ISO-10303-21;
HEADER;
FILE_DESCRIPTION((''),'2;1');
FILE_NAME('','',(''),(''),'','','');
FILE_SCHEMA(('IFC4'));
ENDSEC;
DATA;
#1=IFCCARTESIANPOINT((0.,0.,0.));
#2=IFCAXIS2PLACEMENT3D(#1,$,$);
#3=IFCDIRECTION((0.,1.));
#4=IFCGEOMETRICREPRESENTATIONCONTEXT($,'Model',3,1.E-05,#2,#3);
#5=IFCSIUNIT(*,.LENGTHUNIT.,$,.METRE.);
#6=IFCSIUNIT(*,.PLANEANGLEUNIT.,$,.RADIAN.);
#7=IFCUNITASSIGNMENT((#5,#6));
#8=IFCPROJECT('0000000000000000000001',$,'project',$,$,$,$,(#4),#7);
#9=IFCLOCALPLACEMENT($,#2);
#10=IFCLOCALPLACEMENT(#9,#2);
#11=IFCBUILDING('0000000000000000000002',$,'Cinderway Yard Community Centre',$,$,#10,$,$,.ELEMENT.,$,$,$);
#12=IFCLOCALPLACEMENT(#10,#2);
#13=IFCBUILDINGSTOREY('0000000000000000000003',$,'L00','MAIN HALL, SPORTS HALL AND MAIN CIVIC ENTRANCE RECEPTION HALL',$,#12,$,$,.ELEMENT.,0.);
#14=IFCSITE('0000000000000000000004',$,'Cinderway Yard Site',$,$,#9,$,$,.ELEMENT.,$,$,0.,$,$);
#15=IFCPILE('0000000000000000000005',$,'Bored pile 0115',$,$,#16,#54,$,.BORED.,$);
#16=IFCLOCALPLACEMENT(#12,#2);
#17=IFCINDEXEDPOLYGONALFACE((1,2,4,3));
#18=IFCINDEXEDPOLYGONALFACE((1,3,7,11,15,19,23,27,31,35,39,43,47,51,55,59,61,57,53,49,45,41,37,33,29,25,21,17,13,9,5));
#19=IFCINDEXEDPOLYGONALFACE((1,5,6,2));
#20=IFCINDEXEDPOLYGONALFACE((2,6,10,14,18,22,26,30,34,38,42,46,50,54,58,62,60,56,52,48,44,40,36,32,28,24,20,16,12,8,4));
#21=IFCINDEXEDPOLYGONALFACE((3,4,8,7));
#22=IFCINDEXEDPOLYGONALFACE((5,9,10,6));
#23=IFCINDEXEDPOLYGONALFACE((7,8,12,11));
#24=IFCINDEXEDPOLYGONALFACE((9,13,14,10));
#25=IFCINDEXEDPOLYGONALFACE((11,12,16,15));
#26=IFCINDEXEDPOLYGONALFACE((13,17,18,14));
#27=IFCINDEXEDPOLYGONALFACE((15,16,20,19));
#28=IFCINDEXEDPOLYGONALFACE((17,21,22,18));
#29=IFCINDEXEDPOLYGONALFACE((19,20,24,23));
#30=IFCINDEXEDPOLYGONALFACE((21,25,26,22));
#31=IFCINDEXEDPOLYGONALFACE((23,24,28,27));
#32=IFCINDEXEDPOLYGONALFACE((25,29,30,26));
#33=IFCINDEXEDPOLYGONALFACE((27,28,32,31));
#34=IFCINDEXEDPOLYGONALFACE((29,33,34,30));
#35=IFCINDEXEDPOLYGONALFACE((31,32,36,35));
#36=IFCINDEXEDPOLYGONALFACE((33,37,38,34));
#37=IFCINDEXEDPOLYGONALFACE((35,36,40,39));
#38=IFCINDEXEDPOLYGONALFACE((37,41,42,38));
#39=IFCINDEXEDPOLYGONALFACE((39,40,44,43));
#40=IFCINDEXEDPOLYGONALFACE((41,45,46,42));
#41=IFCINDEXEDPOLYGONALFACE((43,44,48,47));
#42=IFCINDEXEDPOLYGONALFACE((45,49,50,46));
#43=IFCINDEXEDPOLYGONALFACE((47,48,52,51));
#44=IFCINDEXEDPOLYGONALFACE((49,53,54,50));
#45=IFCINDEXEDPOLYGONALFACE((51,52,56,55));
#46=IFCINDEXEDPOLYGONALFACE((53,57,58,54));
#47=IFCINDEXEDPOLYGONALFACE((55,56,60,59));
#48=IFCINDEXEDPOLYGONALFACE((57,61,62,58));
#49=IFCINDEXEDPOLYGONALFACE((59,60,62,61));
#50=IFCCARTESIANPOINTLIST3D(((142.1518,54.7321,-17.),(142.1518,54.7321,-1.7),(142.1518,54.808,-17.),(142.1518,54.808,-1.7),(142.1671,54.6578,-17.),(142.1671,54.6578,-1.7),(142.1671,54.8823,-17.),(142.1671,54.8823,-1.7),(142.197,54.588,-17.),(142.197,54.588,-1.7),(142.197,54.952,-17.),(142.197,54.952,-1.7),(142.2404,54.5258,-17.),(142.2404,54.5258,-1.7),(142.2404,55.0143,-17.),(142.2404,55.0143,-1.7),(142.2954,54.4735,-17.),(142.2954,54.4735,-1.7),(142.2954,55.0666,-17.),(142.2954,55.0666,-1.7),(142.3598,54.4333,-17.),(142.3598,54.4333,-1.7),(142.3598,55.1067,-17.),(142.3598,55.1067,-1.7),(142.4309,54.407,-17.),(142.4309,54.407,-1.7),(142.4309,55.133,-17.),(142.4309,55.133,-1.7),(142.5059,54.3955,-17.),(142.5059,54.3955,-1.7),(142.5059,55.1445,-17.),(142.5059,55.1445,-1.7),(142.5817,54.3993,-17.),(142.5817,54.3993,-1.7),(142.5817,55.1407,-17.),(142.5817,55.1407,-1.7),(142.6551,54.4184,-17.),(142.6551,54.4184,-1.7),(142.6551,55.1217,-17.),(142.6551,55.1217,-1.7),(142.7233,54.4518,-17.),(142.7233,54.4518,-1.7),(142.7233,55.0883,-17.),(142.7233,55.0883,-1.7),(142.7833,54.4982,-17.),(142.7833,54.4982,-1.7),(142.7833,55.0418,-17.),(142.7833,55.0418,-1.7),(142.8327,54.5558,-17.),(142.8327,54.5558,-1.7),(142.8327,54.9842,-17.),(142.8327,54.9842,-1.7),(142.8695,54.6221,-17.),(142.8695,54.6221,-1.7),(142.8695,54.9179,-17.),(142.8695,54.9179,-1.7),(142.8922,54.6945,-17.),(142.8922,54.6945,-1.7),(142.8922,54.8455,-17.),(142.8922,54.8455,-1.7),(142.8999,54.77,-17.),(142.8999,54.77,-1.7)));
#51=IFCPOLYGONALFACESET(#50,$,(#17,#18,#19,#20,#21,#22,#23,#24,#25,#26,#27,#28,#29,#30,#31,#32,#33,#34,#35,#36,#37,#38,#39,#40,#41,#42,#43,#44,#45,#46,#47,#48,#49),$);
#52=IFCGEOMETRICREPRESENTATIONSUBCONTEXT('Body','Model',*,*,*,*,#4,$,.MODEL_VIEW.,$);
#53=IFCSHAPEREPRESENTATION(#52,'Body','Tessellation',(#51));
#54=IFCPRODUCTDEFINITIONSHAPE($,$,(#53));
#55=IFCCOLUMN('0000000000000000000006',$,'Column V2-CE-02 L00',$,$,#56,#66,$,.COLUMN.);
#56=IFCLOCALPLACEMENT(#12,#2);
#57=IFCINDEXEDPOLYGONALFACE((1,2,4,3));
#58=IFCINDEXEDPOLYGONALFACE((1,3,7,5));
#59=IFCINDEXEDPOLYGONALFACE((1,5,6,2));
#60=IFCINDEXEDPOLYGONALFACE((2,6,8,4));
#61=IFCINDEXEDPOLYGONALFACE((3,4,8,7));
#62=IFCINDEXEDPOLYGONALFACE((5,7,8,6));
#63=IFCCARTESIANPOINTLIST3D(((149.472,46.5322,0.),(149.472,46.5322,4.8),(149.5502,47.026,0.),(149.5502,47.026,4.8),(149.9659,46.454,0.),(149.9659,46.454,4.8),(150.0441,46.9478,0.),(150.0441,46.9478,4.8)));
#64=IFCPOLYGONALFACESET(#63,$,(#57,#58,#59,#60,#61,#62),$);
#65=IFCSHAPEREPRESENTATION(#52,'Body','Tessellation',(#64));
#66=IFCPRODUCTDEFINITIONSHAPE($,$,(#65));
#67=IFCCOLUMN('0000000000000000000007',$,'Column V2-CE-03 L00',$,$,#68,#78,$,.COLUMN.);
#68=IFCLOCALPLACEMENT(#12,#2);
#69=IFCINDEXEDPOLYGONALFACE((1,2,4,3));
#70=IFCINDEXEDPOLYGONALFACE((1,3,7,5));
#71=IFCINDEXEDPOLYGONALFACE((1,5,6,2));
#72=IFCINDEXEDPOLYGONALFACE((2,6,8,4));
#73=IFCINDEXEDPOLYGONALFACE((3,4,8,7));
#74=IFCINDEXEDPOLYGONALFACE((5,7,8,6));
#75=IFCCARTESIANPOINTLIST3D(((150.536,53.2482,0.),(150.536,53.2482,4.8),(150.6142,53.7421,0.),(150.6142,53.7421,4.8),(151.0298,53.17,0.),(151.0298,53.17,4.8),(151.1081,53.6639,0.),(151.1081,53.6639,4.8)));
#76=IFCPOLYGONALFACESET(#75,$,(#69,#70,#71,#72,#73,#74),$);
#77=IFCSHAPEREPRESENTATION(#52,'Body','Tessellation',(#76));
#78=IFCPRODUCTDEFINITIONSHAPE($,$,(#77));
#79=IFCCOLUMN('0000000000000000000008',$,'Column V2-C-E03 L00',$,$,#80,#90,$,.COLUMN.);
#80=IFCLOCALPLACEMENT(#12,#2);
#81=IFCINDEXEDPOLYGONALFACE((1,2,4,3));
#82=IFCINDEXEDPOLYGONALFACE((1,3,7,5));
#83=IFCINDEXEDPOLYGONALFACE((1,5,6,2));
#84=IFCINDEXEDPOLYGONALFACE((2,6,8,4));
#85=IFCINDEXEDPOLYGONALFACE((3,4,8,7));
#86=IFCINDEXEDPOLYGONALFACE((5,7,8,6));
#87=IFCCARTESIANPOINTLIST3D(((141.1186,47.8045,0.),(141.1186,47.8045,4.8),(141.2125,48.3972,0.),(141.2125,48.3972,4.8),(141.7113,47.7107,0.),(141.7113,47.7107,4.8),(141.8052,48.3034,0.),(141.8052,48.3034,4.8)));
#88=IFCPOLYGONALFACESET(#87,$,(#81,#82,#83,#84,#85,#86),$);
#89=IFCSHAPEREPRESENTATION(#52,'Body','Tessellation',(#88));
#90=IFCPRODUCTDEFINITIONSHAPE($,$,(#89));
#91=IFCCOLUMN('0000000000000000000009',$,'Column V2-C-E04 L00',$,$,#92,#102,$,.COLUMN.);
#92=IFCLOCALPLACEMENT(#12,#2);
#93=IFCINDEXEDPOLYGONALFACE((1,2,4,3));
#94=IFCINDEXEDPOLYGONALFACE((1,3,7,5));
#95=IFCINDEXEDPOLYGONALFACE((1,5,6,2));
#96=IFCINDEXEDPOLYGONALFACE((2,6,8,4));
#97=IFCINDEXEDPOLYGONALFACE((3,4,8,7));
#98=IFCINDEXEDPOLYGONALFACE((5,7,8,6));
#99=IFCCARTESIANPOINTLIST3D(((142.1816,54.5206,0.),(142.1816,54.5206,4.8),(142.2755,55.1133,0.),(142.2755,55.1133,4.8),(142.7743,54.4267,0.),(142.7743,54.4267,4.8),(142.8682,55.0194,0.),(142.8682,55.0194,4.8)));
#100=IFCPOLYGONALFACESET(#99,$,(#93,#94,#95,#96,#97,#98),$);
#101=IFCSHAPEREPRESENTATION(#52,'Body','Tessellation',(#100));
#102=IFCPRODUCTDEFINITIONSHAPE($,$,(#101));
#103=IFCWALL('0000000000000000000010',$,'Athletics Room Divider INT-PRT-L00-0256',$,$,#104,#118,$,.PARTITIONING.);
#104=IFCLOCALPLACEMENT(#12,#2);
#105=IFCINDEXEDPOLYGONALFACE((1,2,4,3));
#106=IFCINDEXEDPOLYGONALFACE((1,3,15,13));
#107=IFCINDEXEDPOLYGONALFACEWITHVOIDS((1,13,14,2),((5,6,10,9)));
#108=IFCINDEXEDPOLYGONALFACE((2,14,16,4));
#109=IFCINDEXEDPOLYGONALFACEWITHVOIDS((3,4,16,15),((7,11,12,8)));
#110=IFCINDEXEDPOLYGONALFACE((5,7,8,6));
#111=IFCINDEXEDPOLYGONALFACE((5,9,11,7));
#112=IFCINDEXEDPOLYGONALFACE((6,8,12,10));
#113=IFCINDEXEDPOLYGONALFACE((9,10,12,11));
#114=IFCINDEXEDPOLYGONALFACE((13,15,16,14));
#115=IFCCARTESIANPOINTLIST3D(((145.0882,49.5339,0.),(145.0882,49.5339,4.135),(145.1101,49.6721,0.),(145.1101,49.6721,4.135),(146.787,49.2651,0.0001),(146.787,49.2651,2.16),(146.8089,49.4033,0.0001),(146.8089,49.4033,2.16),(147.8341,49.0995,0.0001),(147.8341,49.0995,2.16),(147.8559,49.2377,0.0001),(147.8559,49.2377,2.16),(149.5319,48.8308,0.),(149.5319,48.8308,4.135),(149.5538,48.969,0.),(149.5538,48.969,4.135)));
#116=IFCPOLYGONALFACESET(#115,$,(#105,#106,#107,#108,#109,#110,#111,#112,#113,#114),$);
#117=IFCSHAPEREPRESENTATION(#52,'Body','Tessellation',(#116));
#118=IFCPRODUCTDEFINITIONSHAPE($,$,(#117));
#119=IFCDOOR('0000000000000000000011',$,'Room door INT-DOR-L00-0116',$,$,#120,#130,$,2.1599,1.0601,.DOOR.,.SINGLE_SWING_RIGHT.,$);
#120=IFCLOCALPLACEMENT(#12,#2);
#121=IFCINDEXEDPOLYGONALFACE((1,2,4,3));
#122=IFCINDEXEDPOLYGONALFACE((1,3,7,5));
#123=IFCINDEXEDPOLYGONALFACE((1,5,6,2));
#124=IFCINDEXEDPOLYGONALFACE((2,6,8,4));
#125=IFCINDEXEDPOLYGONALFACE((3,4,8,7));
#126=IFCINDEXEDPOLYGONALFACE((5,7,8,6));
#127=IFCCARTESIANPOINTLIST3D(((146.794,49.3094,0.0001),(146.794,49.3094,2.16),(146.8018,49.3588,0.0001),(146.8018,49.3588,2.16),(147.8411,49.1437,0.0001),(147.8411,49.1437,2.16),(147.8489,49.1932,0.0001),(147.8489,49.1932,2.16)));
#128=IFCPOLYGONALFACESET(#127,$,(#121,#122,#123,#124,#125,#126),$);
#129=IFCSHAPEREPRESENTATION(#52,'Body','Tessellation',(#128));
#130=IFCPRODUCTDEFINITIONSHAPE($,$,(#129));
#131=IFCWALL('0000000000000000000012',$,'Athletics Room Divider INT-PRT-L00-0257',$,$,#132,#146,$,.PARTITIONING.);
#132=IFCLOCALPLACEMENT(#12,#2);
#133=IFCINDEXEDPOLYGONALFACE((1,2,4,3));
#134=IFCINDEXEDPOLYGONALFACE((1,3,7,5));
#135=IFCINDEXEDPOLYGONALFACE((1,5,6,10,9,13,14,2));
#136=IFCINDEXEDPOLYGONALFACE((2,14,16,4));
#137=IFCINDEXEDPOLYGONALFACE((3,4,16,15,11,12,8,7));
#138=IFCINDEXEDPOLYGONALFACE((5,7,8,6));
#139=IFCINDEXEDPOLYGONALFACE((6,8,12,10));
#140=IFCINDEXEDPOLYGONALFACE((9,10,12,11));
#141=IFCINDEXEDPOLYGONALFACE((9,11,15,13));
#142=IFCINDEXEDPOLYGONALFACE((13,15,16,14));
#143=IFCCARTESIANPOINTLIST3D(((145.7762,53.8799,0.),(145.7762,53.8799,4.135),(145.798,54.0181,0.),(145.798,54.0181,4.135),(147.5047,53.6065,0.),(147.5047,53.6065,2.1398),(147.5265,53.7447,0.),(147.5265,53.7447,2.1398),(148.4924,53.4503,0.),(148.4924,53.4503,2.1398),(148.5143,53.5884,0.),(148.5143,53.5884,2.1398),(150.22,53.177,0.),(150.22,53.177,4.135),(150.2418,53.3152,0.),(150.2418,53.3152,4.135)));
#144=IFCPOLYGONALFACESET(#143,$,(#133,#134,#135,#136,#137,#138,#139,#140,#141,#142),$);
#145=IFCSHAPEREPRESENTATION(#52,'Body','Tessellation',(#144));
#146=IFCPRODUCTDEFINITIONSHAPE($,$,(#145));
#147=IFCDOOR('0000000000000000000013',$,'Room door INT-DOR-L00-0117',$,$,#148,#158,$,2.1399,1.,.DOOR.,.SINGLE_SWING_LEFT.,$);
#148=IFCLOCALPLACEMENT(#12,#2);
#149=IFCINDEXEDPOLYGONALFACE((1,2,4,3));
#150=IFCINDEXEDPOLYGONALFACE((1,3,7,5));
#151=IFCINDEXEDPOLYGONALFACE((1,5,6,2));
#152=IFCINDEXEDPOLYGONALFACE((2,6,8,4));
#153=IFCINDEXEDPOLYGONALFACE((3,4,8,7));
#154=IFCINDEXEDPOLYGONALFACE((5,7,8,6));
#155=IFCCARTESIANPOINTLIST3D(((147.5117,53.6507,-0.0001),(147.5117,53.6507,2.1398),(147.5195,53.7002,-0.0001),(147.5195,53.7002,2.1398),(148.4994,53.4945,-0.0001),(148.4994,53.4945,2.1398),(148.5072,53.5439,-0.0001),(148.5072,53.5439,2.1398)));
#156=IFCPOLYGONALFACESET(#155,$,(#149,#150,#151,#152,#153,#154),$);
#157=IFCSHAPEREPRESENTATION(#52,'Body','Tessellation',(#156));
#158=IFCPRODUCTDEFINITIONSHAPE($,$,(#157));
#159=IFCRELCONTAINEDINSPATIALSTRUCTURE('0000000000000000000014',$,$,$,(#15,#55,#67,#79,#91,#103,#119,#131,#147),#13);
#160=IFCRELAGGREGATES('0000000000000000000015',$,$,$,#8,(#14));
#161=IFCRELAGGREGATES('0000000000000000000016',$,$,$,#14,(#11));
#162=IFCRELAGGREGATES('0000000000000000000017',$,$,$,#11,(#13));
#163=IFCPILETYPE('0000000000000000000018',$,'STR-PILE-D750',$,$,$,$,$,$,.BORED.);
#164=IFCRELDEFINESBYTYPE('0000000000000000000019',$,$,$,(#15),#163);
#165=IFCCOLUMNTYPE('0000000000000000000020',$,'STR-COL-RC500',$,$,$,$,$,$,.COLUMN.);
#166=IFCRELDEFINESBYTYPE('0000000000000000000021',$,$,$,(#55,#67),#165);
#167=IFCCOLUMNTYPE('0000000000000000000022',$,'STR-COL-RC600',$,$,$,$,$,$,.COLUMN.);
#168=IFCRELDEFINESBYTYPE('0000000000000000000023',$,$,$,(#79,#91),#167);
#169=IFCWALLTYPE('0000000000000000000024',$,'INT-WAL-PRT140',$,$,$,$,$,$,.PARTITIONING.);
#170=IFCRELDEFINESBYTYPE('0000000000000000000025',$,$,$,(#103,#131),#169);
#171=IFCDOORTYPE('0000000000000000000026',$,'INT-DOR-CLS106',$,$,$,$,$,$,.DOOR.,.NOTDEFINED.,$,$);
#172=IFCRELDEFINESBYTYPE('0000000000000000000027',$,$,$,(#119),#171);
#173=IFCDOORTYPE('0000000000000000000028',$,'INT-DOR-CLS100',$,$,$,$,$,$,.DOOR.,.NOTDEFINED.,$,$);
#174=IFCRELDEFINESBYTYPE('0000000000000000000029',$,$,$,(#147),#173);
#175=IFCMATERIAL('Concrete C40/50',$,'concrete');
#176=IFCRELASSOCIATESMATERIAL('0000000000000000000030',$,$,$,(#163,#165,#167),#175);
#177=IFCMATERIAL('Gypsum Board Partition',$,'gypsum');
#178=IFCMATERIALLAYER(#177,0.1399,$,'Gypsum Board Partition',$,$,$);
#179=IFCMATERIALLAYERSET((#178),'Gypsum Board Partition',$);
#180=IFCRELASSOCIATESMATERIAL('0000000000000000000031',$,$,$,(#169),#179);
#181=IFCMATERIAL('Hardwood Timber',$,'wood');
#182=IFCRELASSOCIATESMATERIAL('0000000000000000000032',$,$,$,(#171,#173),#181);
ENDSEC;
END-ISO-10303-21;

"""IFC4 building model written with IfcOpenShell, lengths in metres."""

from ifc_helpers import new_model, si_unit, direction, frame, frame_2d, origin, origin_2d, place, context, subcontext, project, spatial, rectangle, circle, extrude, material, layer, layer_set, material_profile, profile_set, type_object, element, fill, save


model = new_model("IFC4")

# Units and contexts
model_context = context("Model", 3, precision=1e-05, world=origin(), true_north=direction((0.0, 1.0)))
body_context = subcontext(model_context, "Body", "Model", "MODEL_VIEW")
ifc_project = project(units=[si_unit("LENGTHUNIT", "METRE"), si_unit("PLANEANGLEUNIT", "RADIAN")], contexts=[model_context])

# Site, building, storey
site_placement = place(None, origin())
site = spatial("IfcSite", under=ifc_project, at=site_placement, Name="Cinderway Yard Site", CompositionType="ELEMENT", RefElevation=0.0)
building_placement = place(site_placement, origin())
building = spatial("IfcBuilding", under=site, at=building_placement, Name="Cinderway Yard Community Centre", CompositionType="ELEMENT")
storey_placement = place(building_placement, origin())
storey = spatial("IfcBuildingStorey", under=building, at=storey_placement, Name="L00", Description="MAIN HALL, SPORTS HALL AND MAIN CIVIC ENTRANCE RECEPTION HALL", CompositionType="ELEMENT", Elevation=0.0)

# Shared definitions
ifc_material_1 = material(Name="Concrete C40/50", Category="concrete")

# Pile
ifc_material_profile_1 = material_profile(ifc_material_1, circle(Radius=0.375, at=origin_2d()), Name="Concrete C40/50")
ifc_profile_set_1 = profile_set([ifc_material_profile_1], Name="Concrete C40/50")
pile_type_1 = type_object("IfcPileType", Name="STR-PILE-D750", PredefinedType="BORED", material=ifc_profile_set_1)
for number, where, z_axis, x_axis, name in (
    (1, (142.5249, 54.77, -1.7), (0.0, 0.0, -1.0), (1.0, 0.0, 0.0), "Bored pile 0115"),
):
    element("IfcPile", number, at=place(storey_placement, frame(where, z_axis=z_axis, x_axis=x_axis)), inside=storey, type_object=pile_type_1, Name=name, PredefinedType="BORED", context=body_context, shape_type="SweptSolid", body=[
        extrude(circle(Radius=0.375, at=origin_2d()), origin(), (0.0, 0.0, 1.0), 15.3),
    ])

# Columns
ifc_material_profile_2 = material_profile(ifc_material_1, rectangle(XDim=0.5, YDim=0.5, at=origin_2d()), Name="Concrete C40/50")
ifc_profile_set_2 = profile_set([ifc_material_profile_2], Name="Concrete C40/50")
column_type_1 = type_object("IfcColumnType", Name="STR-COL-RC500", PredefinedType="COLUMN", material=ifc_profile_set_2)
for number, where, z_axis, x_axis, name in (
    (2, (149.7581, 46.74, 0.0), (0.0, 0.0, 1.0), (0.987688, -0.156434, 0.0), "Column V2-CE-02 L00"),
    (3, (150.822, 53.4561, 0.0), (0.0, 0.0, 1.0), (0.987688, -0.156434, 0.0), "Column V2-CE-03 L00"),
):
    element("IfcColumn", number, at=place(storey_placement, frame(where, z_axis=z_axis, x_axis=x_axis)), inside=storey, type_object=column_type_1, Name=name, PredefinedType="COLUMN", context=body_context, shape_type="SweptSolid", body=[
        extrude(rectangle(XDim=0.5, YDim=0.5, at=origin_2d()), origin(), (0.0, 0.0, 1.0), 4.8),
    ])
ifc_material_profile_3 = material_profile(ifc_material_1, rectangle(XDim=0.6001, YDim=0.6001, at=origin_2d()), Name="Concrete C40/50")
ifc_profile_set_3 = profile_set([ifc_material_profile_3], Name="Concrete C40/50")
column_type_2 = type_object("IfcColumnType", Name="STR-COL-RC600", PredefinedType="COLUMN", material=ifc_profile_set_3)
for number, where, z_axis, x_axis, name in (
    (4, (141.4619, 48.054, 0.0), (0.0, 0.0, 1.0), (0.987688, -0.156434, 0.0), "Column V2-C-E03 L00"),
    (5, (142.5249, 54.77, 0.0), (0.0, 0.0, 1.0), (0.987688, -0.156434, 0.0), "Column V2-C-E04 L00"),
):
    element("IfcColumn", number, at=place(storey_placement, frame(where, z_axis=z_axis, x_axis=x_axis)), inside=storey, type_object=column_type_2, Name=name, PredefinedType="COLUMN", context=body_context, shape_type="SweptSolid", body=[
        extrude(rectangle(XDim=0.6001, YDim=0.6001, at=origin_2d()), origin(), (0.0, 0.0, 1.0), 4.8),
    ])

# Walls, openings, doors
ifc_material_2 = material(Name="Gypsum Board Partition", Category="gypsum")
ifc_layer_1 = layer(ifc_material_2, 0.1399, Name="Gypsum Board Partition")
ifc_layer_set_1 = layer_set([ifc_layer_1], Name="Gypsum Board Partition")
wall_type_1 = type_object("IfcWallType", Name="INT-WAL-PRT140", PredefinedType="PARTITIONING", material=ifc_layer_set_1)
wall_1_placement = place(storey_placement, frame((145.0991, 49.603, 0.0), z_axis=(0.0, 0.0, 1.0), x_axis=(0.987713, -0.15628, 0.0)))
wall_1 = element("IfcWall", 6, at=wall_1_placement, inside=storey, type_object=wall_type_1, Name="Athletics Room Divider INT-PRT-L00-0256", PredefinedType="PARTITIONING", context=body_context, shape_type="SweptSolid", body=[
    extrude(rectangle(XDim=4.499, YDim=0.1399, at=frame_2d((2.2495, 0.0))), origin(), (0.0, 0.0, 1.0), 4.135),
])
opening_1_placement = place(wall_1_placement, frame((1.72, 0.0, 0.0)))
opening_1 = element("IfcOpeningElement", 7, at=opening_1_placement, cuts=wall_1, PredefinedType="OPENING", context=body_context, shape_type="SweptSolid", body=[
    extrude(rectangle(XDim=1.0601, YDim=2.1599, at=frame_2d((0.53, 1.0801))), frame((0.0, 0.0798, 0.0), z_axis=(0.0, -1.0, 0.0), x_axis=(1.0, 0.0, 0.0)), (0.0, 0.0, 1.0), 0.1599),
])
ifc_material_3 = material(Name="Hardwood Timber", Category="wood")
door_type_1 = type_object("IfcDoorType", Name="INT-DOR-CLS106", OperationType="NOTDEFINED", PredefinedType="DOOR", material=ifc_material_3)
door_1_placement = place(opening_1_placement, origin())
door_1 = element("IfcDoor", 8, at=door_1_placement, inside=storey, type_object=door_type_1, Name="Room door INT-DOR-L00-0116", OperationType="SINGLE_SWING_RIGHT", OverallHeight=2.1599, OverallWidth=1.0601, PredefinedType="DOOR", context=body_context, shape_type="SweptSolid", body=[
    extrude(rectangle(XDim=1.0601, YDim=2.1599, at=frame_2d((0.53, 1.0801))), frame((0.0, 0.0249, 0.0), z_axis=(0.0, -1.0, 0.0), x_axis=(1.0, 0.0, 0.0)), (0.0, 0.0, 1.0), 0.05),
])
fill(opening_1, door_1)
wall_2_placement = place(storey_placement, frame((145.7871, 53.949, 0.0), z_axis=(0.0, 0.0, 1.0), x_axis=(0.987721, -0.156227, 0.0)))
wall_2 = element("IfcWall", 9, at=wall_2_placement, inside=storey, type_object=wall_type_1, Name="Athletics Room Divider INT-PRT-L00-0257", PredefinedType="PARTITIONING", context=body_context, shape_type="SweptSolid", body=[
    extrude(rectangle(XDim=4.499, YDim=0.1399, at=frame_2d((2.2495, 0.0))), origin(), (0.0, 0.0, 1.0), 4.135),
])
opening_2_placement = place(wall_2_placement, frame((1.75, 0.0, 0.0)))
opening_2 = element("IfcOpeningElement", 10, at=opening_2_placement, cuts=wall_2, PredefinedType="OPENING", context=body_context, shape_type="SweptSolid", body=[
    extrude(rectangle(XDim=1.0, YDim=2.1399, at=frame_2d((0.5, 1.0698))), frame((0.0, 0.0798, 0.0), z_axis=(0.0, -1.0, 0.0), x_axis=(1.0, 0.0, 0.0)), (0.0, 0.0, 1.0), 0.1599),
])
door_type_2 = type_object("IfcDoorType", Name="INT-DOR-CLS100", OperationType="NOTDEFINED", PredefinedType="DOOR", material=ifc_material_3)
door_2_placement = place(opening_2_placement, origin())
door_2 = element("IfcDoor", 11, at=door_2_placement, inside=storey, type_object=door_type_2, Name="Room door INT-DOR-L00-0117", OperationType="SINGLE_SWING_LEFT", OverallHeight=2.1399, OverallWidth=1.0, PredefinedType="DOOR", context=body_context, shape_type="SweptSolid", body=[
    extrude(rectangle(XDim=1.0, YDim=2.1399, at=frame_2d((0.5, 1.0698))), frame((0.0, 0.0249, 0.0), z_axis=(0.0, -1.0, 0.0), x_axis=(1.0, 0.0, 0.0)), (0.0, 0.0, 1.0), 0.05),
])
fill(opening_2, door_2)

save(model, "model.ifc")
